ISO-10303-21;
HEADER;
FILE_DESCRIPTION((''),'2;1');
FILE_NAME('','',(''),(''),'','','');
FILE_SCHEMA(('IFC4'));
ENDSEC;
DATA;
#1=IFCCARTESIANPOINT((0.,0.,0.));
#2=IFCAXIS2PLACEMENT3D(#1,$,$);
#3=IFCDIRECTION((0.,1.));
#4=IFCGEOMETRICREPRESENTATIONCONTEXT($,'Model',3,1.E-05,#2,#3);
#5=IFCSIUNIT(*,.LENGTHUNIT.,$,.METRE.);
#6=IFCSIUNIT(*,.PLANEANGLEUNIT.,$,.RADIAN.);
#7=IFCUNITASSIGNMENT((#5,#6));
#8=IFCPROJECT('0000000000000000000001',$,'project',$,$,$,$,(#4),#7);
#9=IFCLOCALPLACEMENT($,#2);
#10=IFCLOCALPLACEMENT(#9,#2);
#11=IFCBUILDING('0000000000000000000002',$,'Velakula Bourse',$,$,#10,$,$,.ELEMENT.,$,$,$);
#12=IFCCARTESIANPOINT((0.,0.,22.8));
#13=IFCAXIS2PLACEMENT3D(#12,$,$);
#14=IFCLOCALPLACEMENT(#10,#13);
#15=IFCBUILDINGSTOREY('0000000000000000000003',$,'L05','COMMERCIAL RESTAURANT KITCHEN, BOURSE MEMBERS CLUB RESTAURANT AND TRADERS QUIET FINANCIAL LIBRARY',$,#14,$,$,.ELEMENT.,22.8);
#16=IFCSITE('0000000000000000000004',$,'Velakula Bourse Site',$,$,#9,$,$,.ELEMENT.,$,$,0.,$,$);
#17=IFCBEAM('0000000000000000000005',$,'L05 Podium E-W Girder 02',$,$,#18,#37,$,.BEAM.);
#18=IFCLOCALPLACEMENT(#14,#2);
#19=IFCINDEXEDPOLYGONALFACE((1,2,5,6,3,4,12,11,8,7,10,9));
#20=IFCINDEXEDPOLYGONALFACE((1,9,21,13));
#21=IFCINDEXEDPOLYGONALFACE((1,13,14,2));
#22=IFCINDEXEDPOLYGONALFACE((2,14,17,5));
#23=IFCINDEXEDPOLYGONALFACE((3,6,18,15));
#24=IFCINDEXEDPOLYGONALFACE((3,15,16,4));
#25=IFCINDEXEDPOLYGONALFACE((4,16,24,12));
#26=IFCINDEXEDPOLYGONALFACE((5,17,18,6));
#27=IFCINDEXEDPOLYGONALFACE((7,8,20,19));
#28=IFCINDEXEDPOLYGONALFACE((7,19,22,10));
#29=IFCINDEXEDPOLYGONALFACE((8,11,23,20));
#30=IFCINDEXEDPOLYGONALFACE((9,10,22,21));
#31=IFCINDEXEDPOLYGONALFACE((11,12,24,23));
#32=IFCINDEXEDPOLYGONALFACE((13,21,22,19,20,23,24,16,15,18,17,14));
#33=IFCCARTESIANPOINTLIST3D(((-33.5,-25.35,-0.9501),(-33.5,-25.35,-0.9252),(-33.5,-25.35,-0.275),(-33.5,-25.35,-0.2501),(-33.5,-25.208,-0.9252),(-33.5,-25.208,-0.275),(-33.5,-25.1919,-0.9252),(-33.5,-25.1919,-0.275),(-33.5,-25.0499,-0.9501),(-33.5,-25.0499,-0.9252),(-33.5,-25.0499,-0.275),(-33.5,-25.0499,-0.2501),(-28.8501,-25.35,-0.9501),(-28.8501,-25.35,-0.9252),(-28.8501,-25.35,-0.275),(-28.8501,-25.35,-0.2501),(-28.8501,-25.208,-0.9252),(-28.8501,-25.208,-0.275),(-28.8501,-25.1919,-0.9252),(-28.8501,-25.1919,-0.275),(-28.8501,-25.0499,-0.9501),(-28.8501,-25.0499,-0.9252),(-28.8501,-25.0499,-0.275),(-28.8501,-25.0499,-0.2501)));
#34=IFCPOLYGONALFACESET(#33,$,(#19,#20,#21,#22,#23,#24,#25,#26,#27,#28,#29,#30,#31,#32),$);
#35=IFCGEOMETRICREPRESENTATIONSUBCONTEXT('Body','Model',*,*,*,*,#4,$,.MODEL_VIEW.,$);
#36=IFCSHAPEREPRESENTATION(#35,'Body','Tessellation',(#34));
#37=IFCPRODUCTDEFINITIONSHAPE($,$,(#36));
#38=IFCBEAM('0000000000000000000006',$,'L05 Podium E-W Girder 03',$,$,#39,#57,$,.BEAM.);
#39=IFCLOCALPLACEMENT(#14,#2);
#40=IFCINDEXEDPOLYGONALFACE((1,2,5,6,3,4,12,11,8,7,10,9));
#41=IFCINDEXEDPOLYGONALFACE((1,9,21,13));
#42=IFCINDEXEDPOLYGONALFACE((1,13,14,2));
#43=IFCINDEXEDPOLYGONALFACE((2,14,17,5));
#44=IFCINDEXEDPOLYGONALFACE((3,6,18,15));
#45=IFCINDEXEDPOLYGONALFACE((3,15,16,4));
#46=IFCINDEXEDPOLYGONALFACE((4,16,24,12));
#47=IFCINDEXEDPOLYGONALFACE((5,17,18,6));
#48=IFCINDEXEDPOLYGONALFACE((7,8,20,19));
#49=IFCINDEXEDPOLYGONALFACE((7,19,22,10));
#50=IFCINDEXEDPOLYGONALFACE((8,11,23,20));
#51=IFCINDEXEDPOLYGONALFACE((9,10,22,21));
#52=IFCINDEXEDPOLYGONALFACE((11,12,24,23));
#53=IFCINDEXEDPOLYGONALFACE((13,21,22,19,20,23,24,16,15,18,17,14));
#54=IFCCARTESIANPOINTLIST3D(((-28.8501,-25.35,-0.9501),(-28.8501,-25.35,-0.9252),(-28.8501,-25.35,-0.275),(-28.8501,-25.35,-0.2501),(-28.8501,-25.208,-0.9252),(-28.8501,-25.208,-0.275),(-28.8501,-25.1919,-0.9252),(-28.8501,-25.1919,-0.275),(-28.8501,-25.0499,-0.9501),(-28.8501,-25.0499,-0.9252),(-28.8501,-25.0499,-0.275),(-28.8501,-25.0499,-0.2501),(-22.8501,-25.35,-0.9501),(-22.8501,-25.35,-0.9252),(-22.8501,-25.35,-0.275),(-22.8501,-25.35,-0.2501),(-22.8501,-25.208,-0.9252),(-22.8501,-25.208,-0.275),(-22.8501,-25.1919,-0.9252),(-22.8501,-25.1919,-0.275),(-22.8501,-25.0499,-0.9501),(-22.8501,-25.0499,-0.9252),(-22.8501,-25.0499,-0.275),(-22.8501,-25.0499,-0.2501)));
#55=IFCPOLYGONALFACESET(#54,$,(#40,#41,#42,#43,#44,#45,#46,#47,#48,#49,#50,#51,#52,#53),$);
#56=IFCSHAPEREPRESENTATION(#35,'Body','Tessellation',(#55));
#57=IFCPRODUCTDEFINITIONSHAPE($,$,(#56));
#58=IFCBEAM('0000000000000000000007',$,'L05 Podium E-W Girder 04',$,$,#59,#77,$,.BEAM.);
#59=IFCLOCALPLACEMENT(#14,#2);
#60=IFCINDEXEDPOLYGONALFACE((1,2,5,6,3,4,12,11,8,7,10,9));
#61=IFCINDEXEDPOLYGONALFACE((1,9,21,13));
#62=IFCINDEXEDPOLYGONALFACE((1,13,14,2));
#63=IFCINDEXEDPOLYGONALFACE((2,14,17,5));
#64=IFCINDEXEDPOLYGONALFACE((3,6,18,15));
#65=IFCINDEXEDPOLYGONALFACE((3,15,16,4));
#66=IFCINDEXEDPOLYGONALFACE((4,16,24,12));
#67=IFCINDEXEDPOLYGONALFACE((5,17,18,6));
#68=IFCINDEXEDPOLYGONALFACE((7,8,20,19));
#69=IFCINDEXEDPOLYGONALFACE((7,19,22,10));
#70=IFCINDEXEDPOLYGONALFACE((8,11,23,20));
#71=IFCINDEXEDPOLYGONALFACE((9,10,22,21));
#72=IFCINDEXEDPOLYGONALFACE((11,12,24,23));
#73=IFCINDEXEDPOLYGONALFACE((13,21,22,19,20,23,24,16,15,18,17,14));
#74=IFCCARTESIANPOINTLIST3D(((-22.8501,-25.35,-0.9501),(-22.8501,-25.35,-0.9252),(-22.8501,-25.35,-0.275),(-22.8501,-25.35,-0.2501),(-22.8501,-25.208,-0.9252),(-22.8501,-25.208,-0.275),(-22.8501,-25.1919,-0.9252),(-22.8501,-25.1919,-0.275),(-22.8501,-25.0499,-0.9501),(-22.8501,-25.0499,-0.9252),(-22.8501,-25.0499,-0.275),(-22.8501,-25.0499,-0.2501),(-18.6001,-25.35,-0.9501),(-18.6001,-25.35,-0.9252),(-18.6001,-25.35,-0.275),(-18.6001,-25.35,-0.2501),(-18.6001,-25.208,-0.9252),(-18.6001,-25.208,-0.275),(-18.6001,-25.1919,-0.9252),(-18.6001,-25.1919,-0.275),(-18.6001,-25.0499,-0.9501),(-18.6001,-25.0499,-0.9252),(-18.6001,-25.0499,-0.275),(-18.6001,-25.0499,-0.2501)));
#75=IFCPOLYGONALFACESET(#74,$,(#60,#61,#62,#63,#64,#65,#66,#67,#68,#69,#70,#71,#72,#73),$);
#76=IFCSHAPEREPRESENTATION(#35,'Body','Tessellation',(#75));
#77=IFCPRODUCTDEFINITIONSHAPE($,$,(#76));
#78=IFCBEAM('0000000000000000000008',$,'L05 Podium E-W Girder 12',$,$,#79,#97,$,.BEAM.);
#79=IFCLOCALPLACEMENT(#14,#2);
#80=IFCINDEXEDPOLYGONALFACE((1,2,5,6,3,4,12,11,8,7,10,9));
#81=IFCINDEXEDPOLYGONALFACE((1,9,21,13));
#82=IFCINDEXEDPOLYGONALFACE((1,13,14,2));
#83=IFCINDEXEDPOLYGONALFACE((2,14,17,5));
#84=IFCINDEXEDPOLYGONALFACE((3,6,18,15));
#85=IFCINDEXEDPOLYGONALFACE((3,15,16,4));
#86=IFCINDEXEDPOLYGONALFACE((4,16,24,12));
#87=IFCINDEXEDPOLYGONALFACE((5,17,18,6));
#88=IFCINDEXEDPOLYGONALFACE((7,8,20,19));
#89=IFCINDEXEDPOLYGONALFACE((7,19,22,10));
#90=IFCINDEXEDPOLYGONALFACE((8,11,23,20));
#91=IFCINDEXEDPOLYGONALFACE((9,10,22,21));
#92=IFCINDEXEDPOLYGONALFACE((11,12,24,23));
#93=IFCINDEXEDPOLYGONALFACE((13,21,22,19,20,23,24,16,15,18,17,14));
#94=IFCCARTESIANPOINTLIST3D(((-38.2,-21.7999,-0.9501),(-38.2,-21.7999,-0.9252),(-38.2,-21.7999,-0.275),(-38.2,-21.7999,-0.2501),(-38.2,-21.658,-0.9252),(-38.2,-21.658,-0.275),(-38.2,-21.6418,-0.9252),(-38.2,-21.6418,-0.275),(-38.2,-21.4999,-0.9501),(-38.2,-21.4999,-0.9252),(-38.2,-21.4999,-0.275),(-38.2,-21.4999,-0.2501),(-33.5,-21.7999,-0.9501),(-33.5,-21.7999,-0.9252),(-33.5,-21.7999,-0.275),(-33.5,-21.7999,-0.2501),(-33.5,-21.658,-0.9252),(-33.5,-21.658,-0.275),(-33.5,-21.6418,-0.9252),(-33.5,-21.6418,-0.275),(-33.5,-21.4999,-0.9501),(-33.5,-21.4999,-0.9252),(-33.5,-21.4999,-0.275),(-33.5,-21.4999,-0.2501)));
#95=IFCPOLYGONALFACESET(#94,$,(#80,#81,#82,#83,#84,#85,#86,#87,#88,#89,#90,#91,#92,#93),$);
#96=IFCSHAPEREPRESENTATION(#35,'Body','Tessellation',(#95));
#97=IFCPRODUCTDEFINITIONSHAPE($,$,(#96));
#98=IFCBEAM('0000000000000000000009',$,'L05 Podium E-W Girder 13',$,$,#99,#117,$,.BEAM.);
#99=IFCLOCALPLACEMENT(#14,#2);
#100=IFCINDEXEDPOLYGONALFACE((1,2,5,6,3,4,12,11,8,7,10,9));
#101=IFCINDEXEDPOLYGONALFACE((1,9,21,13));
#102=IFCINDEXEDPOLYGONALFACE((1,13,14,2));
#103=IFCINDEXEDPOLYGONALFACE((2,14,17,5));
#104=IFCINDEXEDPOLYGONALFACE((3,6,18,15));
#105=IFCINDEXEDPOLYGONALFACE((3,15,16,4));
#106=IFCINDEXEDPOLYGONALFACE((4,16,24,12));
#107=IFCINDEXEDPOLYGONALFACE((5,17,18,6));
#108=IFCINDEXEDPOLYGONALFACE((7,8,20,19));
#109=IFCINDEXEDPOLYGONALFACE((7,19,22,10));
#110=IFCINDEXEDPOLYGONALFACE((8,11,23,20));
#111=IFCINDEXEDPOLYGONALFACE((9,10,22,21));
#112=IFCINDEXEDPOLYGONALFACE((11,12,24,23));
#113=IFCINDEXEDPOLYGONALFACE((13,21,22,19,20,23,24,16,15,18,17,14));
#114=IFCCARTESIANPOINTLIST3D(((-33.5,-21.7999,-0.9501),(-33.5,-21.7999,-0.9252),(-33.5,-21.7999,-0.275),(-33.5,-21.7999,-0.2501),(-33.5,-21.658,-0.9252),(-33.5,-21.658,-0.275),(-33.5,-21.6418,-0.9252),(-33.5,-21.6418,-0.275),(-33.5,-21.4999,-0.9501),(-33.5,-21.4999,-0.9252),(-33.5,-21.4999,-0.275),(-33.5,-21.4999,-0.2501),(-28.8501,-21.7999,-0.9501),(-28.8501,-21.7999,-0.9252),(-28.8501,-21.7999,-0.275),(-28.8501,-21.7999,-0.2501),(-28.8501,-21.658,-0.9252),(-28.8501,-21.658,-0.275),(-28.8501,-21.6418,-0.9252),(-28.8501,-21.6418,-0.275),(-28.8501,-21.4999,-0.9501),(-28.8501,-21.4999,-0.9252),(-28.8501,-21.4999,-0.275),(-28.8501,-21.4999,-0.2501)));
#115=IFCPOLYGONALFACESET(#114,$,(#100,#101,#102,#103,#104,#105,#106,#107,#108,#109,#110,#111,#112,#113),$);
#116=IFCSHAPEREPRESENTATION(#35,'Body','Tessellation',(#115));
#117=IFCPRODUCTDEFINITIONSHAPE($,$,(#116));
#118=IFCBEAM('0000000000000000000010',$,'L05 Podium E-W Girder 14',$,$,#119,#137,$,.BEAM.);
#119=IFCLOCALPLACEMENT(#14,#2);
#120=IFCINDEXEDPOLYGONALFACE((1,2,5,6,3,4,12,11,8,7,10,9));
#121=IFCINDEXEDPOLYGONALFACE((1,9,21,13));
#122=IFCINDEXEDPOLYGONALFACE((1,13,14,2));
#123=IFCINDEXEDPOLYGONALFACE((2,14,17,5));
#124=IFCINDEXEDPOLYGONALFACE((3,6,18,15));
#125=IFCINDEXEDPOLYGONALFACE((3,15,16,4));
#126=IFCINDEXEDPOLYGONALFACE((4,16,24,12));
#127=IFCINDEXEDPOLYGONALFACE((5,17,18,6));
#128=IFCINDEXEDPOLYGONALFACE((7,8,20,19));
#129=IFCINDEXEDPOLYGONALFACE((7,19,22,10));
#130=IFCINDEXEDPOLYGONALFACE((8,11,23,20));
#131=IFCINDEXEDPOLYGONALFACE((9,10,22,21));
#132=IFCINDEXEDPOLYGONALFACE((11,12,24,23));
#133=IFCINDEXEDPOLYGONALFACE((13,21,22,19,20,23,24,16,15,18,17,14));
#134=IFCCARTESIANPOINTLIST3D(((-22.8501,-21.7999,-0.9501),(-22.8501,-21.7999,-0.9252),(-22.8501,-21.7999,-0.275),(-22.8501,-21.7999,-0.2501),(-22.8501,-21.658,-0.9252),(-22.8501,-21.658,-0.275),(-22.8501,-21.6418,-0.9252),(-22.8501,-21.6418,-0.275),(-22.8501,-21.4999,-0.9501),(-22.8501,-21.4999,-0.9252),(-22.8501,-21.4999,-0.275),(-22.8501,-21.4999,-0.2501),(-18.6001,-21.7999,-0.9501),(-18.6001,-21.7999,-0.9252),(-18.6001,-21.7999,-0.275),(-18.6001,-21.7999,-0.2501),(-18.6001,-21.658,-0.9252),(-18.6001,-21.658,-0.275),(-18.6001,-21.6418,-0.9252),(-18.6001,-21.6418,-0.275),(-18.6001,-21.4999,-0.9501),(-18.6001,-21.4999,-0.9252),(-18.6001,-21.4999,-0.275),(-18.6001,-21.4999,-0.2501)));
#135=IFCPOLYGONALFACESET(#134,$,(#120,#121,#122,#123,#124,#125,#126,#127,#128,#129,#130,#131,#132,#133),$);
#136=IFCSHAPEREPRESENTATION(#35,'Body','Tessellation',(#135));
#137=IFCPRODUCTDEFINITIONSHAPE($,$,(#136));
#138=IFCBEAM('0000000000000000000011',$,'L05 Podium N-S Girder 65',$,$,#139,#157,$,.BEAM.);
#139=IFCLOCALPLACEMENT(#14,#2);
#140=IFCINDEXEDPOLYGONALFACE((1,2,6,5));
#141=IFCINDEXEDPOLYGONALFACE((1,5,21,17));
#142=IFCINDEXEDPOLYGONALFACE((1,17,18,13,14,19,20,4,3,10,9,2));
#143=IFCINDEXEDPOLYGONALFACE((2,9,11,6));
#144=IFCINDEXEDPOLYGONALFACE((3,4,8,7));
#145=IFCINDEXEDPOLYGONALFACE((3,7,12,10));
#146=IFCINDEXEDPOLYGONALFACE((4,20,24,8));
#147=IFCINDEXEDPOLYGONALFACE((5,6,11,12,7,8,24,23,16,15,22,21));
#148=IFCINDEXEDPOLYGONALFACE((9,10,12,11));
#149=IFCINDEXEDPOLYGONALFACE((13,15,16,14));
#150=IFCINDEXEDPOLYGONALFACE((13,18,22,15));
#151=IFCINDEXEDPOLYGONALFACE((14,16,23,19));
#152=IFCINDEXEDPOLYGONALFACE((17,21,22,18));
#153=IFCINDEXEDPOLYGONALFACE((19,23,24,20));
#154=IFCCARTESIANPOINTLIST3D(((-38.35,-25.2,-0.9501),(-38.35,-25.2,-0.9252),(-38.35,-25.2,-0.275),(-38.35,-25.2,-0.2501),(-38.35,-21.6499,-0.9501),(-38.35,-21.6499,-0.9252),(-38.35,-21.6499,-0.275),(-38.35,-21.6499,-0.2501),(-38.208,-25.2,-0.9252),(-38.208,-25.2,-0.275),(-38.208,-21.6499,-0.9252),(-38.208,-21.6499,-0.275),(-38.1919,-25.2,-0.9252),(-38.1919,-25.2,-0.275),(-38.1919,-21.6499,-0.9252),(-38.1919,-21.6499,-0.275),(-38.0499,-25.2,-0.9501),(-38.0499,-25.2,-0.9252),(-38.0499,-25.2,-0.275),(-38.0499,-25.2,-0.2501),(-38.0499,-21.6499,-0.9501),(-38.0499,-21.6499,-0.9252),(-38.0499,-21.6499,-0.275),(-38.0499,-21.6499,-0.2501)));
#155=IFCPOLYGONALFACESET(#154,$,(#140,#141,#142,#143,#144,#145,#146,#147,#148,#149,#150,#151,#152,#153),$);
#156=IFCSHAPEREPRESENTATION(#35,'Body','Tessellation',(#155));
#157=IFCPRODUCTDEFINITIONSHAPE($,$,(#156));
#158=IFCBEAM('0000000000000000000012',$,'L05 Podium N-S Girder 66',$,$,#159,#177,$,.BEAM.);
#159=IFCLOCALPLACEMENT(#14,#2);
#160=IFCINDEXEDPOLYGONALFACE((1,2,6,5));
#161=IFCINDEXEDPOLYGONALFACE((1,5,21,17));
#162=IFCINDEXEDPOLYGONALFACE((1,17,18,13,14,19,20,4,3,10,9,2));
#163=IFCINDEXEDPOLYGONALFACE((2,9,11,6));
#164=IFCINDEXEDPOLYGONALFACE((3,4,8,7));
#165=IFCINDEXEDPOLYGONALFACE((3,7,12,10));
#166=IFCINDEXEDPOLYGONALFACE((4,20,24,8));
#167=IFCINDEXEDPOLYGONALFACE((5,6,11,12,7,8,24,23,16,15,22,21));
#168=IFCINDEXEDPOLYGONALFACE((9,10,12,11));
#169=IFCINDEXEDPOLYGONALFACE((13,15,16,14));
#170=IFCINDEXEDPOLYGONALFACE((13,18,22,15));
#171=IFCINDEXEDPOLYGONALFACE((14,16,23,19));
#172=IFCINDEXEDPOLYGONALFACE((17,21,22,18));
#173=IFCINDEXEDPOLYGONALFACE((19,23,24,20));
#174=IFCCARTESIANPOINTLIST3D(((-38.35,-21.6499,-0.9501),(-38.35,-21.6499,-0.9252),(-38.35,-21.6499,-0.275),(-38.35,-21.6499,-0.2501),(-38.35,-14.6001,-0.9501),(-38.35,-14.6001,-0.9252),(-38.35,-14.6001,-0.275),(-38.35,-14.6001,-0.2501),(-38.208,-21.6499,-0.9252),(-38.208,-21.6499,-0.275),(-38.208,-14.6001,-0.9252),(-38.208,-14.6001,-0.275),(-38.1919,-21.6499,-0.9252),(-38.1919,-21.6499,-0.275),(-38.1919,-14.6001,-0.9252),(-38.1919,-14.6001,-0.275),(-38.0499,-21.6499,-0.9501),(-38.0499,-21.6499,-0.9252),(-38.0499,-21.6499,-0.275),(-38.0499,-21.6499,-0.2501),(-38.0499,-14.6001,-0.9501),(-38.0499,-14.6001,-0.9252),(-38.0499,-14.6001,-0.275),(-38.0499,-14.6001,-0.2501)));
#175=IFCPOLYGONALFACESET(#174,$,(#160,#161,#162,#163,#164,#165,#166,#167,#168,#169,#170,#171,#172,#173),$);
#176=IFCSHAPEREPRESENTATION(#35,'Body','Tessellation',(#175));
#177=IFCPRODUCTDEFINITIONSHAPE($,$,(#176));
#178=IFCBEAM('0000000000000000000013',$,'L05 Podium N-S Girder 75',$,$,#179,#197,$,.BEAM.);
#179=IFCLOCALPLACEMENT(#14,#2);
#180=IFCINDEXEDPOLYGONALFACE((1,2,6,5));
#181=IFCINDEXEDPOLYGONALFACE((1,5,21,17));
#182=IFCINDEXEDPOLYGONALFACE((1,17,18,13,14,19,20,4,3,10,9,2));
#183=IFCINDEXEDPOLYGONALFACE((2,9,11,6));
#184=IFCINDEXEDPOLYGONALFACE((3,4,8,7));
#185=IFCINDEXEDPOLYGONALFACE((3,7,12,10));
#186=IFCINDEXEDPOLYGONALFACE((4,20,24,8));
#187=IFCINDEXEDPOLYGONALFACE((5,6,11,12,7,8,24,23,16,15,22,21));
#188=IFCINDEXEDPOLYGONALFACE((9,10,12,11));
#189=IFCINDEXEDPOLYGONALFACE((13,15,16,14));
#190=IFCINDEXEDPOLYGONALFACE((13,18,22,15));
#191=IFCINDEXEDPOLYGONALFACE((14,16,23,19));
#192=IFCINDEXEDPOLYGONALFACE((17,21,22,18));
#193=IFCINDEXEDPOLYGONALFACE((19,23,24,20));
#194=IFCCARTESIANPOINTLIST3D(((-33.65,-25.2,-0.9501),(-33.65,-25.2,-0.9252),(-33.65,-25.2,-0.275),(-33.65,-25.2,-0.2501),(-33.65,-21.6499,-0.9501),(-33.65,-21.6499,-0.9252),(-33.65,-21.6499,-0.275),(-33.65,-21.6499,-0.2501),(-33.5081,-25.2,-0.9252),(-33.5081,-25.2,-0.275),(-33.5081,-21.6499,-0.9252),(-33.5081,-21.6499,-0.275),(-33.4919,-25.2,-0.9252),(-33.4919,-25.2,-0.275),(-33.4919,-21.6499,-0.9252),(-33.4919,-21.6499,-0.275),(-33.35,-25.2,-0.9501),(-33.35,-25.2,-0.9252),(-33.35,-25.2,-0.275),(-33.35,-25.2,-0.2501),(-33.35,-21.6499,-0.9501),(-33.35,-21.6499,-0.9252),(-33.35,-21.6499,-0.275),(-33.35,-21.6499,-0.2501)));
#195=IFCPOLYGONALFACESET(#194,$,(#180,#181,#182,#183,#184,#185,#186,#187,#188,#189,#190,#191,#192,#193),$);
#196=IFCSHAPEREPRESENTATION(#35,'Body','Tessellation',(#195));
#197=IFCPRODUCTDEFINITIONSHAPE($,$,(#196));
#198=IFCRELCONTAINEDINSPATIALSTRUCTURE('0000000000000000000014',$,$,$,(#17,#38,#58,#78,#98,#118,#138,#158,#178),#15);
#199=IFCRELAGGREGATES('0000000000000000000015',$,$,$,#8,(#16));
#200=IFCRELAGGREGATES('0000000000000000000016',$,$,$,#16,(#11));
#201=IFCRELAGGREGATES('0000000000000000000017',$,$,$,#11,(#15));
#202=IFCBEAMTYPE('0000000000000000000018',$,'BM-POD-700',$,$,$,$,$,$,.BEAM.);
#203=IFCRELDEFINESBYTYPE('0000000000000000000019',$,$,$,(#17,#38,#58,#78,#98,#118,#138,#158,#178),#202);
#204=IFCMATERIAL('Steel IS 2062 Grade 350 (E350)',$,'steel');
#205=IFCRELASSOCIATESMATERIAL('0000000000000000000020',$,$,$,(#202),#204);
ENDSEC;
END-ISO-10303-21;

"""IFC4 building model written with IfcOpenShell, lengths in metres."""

from ifc_helpers import new_model, si_unit, direction, frame, origin, origin_2d, place, context, subcontext, project, spatial, i_section, extrude, material, material_profile, profile_set, type_object, element, save


model = new_model("IFC4")

# Units and contexts
model_context = context("Model", 3, precision=1e-05, world=origin(), true_north=direction((0.0, 1.0)))
body_context = subcontext(model_context, "Body", "Model", "MODEL_VIEW")
ifc_project = project(units=[si_unit("LENGTHUNIT", "METRE"), si_unit("PLANEANGLEUNIT", "RADIAN")], contexts=[model_context])

# Site, building, storey
site_placement = place(None, origin())
site = spatial("IfcSite", under=ifc_project, at=site_placement, Name="Velakula Bourse Site", CompositionType="ELEMENT", RefElevation=0.0)
building_placement = place(site_placement, origin())
building = spatial("IfcBuilding", under=site, at=building_placement, Name="Velakula Bourse", CompositionType="ELEMENT")
storey_placement = place(building_placement, frame((0.0, 0.0, 22.8)))
storey = spatial("IfcBuildingStorey", under=building, at=storey_placement, Name="L05", Description="COMMERCIAL RESTAURANT KITCHEN, BOURSE MEMBERS CLUB RESTAURANT AND TRADERS QUIET FINANCIAL LIBRARY", CompositionType="ELEMENT", Elevation=22.8)

# Beams
ifc_material_1 = material(Name="Steel IS 2062 Grade 350 (E350)", Category="steel")
ifc_material_profile_1 = material_profile(ifc_material_1, i_section(OverallWidth=0.3, OverallDepth=0.7, WebThickness=0.0161, FlangeThickness=0.0249, at=origin_2d()), Name="Steel IS 2062 Grade 350 (E350)")
ifc_profile_set_1 = profile_set([ifc_material_profile_1], Name="Steel IS 2062 Grade 350 (E350)")
beam_type_1 = type_object("IfcBeamType", Name="BM-POD-700", PredefinedType="BEAM", material=ifc_profile_set_1)
beam_1_placement = place(storey_placement, frame((-33.5, -25.2, -0.6001), z_axis=(1.0, 0.0, 0.0), x_axis=(0.0, 1.0, 0.0)))
element("IfcBeam", 1, at=beam_1_placement, inside=storey, type_object=beam_type_1, Name="L05 Podium E-W Girder 02", PredefinedType="BEAM", context=body_context, shape_type="SweptSolid", body=[
    extrude(i_section(OverallWidth=0.3, OverallDepth=0.7, WebThickness=0.0161, FlangeThickness=0.0249, at=origin_2d()), origin(), (0.0, 0.0, 1.0), 4.6499),
])
beam_2_placement = place(storey_placement, frame((-28.8501, -25.2, -0.6001), z_axis=(1.0, 0.0, 0.0), x_axis=(0.0, 1.0, 0.0)))
element("IfcBeam", 2, at=beam_2_placement, inside=storey, type_object=beam_type_1, Name="L05 Podium E-W Girder 03", PredefinedType="BEAM", context=body_context, shape_type="SweptSolid", body=[
    extrude(i_section(OverallWidth=0.3, OverallDepth=0.7, WebThickness=0.0161, FlangeThickness=0.0249, at=origin_2d()), origin(), (0.0, 0.0, 1.0), 6.0),
])
beam_3_placement = place(storey_placement, frame((-22.8501, -25.2, -0.6001), z_axis=(1.0, 0.0, 0.0), x_axis=(0.0, 1.0, 0.0)))
element("IfcBeam", 3, at=beam_3_placement, inside=storey, type_object=beam_type_1, Name="L05 Podium E-W Girder 04", PredefinedType="BEAM", context=body_context, shape_type="SweptSolid", body=[
    extrude(i_section(OverallWidth=0.3, OverallDepth=0.7, WebThickness=0.0161, FlangeThickness=0.0249, at=origin_2d()), origin(), (0.0, 0.0, 1.0), 4.25),
])
beam_4_placement = place(storey_placement, frame((-38.2, -21.6499, -0.6001), z_axis=(1.0, 0.0, 0.0), x_axis=(0.0, 1.0, 0.0)))
element("IfcBeam", 4, at=beam_4_placement, inside=storey, type_object=beam_type_1, Name="L05 Podium E-W Girder 12", PredefinedType="BEAM", context=body_context, shape_type="SweptSolid", body=[
    extrude(i_section(OverallWidth=0.3, OverallDepth=0.7, WebThickness=0.0161, FlangeThickness=0.0249, at=origin_2d()), origin(), (0.0, 0.0, 1.0), 4.7),
])
beam_5_placement = place(storey_placement, frame((-33.5, -21.6499, -0.6001), z_axis=(1.0, 0.0, 0.0), x_axis=(0.0, 1.0, 0.0)))
element("IfcBeam", 5, at=beam_5_placement, inside=storey, type_object=beam_type_1, Name="L05 Podium E-W Girder 13", PredefinedType="BEAM", context=body_context, shape_type="SweptSolid", body=[
    extrude(i_section(OverallWidth=0.3, OverallDepth=0.7, WebThickness=0.0161, FlangeThickness=0.0249, at=origin_2d()), origin(), (0.0, 0.0, 1.0), 4.6499),
])
beam_6_placement = place(storey_placement, frame((-22.8501, -21.6499, -0.6001), z_axis=(1.0, 0.0, 0.0), x_axis=(0.0, 1.0, 0.0)))
element("IfcBeam", 6, at=beam_6_placement, inside=storey, type_object=beam_type_1, Name="L05 Podium E-W Girder 14", PredefinedType="BEAM", context=body_context, shape_type="SweptSolid", body=[
    extrude(i_section(OverallWidth=0.3, OverallDepth=0.7, WebThickness=0.0161, FlangeThickness=0.0249, at=origin_2d()), origin(), (0.0, 0.0, 1.0), 4.25),
])
beam_7_placement = place(storey_placement, frame((-38.2, -25.2, -0.6001), z_axis=(0.0, 1.0, 0.0), x_axis=(-1.0, 0.0, 0.0)))
element("IfcBeam", 7, at=beam_7_placement, inside=storey, type_object=beam_type_1, Name="L05 Podium N-S Girder 65", PredefinedType="BEAM", context=body_context, shape_type="SweptSolid", body=[
    extrude(i_section(OverallWidth=0.3, OverallDepth=0.7, WebThickness=0.0161, FlangeThickness=0.0249, at=origin_2d()), origin(), (0.0, 0.0, 1.0), 3.55),
])
beam_8_placement = place(storey_placement, frame((-38.2, -21.6499, -0.6001), z_axis=(0.0, 1.0, 0.0), x_axis=(-1.0, 0.0, 0.0)))
element("IfcBeam", 8, at=beam_8_placement, inside=storey, type_object=beam_type_1, Name="L05 Podium N-S Girder 66", PredefinedType="BEAM", context=body_context, shape_type="SweptSolid", body=[
    extrude(i_section(OverallWidth=0.3, OverallDepth=0.7, WebThickness=0.0161, FlangeThickness=0.0249, at=origin_2d()), origin(), (0.0, 0.0, 1.0), 7.0498),
])
for number, where, z_axis, x_axis, name in (
    (9, (-33.5, -25.2, -0.6001), (0.0, 1.0, 0.0), (-1.0, 0.0, 0.0), "L05 Podium N-S Girder 75"),
):
    element("IfcBeam", number, at=place(storey_placement, frame(where, z_axis=z_axis, x_axis=x_axis)), inside=storey, type_object=beam_type_1, Name=name, PredefinedType="BEAM", context=body_context, shape_type="SweptSolid", body=[
        extrude(i_section(OverallWidth=0.3, OverallDepth=0.7, WebThickness=0.0161, FlangeThickness=0.0249, at=origin_2d()), origin(), (0.0, 0.0, 1.0), 3.55),
    ])

save(model, "model.ifc")
